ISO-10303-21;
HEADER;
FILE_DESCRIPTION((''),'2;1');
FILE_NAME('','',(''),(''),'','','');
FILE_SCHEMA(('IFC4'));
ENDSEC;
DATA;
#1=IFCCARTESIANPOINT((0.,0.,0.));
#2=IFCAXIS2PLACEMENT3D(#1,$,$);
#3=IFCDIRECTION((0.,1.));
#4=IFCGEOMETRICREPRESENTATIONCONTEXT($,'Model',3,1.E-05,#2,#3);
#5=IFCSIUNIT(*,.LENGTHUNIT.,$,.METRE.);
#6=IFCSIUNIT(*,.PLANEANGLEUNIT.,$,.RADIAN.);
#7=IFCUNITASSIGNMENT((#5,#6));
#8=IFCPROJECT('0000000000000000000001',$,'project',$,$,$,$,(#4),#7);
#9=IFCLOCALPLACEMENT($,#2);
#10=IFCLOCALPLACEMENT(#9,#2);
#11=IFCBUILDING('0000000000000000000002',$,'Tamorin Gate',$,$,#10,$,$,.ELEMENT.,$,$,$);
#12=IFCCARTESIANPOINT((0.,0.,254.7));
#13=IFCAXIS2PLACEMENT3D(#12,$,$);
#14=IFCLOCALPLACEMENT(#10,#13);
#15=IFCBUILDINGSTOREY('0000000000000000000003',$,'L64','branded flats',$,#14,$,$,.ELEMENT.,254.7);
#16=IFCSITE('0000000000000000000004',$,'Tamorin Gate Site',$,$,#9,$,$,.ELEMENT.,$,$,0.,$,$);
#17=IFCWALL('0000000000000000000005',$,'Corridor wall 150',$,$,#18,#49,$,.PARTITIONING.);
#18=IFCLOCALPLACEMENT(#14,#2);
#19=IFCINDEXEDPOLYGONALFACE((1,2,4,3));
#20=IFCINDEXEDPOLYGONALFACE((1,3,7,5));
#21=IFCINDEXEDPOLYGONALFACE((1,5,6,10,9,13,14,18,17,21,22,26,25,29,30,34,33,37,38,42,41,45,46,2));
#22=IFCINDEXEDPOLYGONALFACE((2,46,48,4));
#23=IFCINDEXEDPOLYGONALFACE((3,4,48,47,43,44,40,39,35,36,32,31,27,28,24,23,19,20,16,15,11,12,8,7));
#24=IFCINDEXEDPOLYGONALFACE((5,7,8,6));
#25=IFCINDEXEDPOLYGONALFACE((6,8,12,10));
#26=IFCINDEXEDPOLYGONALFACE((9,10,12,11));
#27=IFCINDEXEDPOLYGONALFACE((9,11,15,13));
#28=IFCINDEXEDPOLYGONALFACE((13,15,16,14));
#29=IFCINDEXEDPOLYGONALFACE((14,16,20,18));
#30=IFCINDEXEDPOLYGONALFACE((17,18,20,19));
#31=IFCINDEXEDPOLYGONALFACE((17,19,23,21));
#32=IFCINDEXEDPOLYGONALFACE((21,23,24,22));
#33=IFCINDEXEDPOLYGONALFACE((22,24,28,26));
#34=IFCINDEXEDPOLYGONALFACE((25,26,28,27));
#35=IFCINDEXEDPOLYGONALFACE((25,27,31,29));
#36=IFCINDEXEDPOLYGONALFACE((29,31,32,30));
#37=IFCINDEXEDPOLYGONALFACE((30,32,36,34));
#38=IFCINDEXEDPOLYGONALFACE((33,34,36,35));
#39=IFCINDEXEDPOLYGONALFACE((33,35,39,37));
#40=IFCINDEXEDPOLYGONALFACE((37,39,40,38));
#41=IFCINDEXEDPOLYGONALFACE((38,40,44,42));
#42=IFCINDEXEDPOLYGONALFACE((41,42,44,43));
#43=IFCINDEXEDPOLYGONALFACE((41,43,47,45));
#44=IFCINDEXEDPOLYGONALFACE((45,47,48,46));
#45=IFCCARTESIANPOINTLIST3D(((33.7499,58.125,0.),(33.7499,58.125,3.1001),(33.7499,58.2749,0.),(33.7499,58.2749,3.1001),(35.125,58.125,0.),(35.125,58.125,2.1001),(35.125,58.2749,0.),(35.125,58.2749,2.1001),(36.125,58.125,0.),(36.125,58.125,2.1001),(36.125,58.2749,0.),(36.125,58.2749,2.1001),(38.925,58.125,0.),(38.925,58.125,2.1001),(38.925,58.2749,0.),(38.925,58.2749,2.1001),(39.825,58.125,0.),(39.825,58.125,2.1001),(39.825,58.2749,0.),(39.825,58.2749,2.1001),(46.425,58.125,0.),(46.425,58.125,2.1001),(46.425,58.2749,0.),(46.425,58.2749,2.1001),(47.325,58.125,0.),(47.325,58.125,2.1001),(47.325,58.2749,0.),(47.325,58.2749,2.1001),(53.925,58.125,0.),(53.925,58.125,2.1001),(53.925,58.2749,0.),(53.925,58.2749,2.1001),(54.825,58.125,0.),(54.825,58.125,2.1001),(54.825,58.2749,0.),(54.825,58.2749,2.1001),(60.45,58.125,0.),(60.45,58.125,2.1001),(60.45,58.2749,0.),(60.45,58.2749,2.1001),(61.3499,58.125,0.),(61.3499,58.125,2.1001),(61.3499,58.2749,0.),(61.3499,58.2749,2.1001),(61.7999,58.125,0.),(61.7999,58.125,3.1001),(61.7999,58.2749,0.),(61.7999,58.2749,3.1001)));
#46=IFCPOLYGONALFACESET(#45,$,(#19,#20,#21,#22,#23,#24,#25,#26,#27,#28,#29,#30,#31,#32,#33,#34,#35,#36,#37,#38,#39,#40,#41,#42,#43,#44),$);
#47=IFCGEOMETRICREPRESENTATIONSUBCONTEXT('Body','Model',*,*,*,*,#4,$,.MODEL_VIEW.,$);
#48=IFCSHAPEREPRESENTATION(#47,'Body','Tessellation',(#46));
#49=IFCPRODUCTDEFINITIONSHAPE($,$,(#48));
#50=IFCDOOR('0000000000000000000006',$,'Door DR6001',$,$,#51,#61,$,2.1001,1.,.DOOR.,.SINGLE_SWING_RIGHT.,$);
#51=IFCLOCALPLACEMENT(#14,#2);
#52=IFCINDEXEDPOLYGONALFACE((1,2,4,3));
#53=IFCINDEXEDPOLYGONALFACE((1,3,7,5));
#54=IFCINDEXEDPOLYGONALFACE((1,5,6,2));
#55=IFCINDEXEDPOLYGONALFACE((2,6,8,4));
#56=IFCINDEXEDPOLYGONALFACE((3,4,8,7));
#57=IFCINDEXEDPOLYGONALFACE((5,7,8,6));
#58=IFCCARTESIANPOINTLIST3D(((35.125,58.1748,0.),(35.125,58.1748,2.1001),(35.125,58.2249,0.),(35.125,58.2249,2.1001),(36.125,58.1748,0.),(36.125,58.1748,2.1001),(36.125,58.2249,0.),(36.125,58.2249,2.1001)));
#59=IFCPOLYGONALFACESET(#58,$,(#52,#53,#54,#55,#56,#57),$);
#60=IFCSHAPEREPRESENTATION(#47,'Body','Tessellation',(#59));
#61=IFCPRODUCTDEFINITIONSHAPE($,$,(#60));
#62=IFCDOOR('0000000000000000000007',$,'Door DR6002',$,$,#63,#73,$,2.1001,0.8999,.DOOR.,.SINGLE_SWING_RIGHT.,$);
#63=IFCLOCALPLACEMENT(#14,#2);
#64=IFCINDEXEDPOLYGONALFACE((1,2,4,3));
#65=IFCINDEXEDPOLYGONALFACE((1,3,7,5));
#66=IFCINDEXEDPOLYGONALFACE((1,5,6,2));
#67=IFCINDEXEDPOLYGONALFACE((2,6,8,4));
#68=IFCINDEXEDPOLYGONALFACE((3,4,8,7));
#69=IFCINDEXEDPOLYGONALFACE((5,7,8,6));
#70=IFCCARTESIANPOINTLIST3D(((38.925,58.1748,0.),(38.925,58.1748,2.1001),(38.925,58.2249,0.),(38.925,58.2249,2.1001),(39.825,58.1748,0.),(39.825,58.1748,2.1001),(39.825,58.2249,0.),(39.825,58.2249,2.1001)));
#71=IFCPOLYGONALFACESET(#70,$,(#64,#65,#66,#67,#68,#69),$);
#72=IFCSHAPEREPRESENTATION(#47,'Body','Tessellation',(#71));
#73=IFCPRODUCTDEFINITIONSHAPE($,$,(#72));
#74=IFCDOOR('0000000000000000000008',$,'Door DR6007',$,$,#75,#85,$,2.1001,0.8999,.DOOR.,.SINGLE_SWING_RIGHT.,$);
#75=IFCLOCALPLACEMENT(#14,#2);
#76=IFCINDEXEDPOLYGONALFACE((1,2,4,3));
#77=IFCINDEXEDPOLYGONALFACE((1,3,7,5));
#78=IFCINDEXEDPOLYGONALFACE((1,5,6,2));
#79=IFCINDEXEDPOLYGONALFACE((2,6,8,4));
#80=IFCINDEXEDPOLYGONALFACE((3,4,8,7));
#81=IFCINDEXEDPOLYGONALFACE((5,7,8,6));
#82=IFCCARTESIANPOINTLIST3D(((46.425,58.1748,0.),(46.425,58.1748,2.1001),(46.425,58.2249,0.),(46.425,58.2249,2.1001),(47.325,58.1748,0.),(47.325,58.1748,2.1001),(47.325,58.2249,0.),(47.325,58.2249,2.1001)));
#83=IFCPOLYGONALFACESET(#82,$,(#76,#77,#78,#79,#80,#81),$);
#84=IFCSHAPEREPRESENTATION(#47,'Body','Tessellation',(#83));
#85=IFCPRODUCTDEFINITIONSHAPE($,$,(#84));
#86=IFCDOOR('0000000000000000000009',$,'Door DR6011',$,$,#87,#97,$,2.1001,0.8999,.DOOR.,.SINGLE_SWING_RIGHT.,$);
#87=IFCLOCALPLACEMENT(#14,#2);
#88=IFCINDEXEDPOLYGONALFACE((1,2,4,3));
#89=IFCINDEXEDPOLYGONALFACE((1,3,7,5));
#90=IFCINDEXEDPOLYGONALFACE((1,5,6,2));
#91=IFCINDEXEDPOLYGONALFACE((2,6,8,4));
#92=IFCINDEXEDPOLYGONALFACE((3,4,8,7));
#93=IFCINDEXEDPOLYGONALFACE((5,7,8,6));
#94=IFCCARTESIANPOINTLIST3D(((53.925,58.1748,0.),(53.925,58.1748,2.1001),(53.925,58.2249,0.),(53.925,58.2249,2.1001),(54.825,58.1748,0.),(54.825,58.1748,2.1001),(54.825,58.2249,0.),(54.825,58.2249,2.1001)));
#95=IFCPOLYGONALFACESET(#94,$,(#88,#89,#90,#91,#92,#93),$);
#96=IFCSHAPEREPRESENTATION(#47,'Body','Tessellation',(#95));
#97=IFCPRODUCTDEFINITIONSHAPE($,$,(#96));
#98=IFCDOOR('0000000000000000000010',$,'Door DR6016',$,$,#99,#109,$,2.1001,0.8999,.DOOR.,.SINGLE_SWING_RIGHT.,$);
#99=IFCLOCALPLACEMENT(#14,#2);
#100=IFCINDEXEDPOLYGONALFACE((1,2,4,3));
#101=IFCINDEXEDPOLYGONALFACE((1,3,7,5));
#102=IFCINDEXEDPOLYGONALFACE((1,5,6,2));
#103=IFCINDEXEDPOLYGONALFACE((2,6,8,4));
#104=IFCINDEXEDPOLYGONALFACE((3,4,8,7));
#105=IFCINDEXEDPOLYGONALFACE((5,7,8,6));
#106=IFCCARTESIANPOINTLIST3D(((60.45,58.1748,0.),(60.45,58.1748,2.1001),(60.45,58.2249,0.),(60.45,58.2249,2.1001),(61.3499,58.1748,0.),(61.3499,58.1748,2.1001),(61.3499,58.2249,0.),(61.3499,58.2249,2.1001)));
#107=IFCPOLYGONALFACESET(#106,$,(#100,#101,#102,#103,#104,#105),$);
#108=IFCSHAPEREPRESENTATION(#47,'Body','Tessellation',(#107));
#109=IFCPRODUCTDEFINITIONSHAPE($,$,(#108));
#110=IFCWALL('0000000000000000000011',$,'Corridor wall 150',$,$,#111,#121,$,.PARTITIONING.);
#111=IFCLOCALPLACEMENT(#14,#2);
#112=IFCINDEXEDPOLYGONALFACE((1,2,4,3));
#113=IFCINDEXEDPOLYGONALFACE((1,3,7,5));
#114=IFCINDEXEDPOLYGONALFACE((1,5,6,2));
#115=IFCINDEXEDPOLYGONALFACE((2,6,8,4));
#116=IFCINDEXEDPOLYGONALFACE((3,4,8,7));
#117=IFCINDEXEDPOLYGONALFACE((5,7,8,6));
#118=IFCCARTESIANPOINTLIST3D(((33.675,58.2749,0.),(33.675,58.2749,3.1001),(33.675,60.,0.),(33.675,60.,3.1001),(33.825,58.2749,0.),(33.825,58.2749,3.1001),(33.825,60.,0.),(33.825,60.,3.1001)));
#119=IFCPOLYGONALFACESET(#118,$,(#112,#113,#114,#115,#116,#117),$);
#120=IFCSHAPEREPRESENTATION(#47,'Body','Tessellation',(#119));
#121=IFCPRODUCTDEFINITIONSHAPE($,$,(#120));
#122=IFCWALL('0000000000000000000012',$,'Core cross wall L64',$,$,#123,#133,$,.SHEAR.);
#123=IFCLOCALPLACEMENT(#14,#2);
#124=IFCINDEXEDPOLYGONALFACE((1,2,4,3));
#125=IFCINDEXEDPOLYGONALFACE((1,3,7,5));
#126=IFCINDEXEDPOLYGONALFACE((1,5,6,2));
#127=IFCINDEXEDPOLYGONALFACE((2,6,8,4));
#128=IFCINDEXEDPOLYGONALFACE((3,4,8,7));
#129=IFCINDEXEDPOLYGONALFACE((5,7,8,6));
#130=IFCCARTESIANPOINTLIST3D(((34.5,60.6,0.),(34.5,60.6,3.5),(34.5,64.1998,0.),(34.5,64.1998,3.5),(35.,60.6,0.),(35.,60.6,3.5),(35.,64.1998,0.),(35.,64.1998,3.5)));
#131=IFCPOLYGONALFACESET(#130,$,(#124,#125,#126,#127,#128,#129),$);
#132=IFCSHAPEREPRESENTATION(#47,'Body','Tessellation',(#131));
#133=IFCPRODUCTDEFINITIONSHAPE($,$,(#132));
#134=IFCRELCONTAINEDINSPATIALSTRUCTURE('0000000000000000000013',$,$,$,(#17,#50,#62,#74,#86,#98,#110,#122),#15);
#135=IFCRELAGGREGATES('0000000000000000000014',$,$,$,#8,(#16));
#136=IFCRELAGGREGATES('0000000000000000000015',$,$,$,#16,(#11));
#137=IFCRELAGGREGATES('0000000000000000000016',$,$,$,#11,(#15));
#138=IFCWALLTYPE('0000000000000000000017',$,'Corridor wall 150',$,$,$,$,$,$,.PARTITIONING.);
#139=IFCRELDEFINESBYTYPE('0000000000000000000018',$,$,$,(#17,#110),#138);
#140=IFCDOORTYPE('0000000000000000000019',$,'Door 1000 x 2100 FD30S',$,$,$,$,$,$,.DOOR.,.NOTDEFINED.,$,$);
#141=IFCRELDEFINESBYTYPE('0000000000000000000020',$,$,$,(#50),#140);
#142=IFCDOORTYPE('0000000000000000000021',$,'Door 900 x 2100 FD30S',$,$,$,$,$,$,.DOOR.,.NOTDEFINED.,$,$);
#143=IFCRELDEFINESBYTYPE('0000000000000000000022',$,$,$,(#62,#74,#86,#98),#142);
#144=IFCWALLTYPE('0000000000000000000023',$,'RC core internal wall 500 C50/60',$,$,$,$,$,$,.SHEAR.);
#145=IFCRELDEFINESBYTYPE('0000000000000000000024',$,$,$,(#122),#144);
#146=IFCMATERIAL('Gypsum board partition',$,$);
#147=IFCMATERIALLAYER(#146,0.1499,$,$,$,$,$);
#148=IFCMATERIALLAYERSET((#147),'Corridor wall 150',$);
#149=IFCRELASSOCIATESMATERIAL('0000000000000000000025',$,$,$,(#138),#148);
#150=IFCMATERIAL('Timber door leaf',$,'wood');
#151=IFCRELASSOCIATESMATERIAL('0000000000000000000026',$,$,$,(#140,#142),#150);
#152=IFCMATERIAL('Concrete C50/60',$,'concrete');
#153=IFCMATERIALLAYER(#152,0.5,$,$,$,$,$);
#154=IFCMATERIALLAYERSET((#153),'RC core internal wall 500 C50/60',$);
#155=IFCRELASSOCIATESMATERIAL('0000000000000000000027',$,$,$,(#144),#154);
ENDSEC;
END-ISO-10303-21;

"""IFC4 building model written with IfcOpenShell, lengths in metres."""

from ifc_helpers import new_model, si_unit, direction, frame, frame_2d, origin, place, context, subcontext, project, spatial, rectangle, extrude, material, layer, layer_set, type_object, element, fill, save


model = new_model("IFC4")

# Units and contexts
model_context = context("Model", 3, precision=1e-05, world=origin(), true_north=direction((0.0, 1.0)))
body_context = subcontext(model_context, "Body", "Model", "MODEL_VIEW")
ifc_project = project(units=[si_unit("LENGTHUNIT", "METRE"), si_unit("PLANEANGLEUNIT", "RADIAN")], contexts=[model_context])

# Site, building, storey
site_placement = place(None, origin())
site = spatial("IfcSite", under=ifc_project, at=site_placement, Name="Tamorin Gate Site", CompositionType="ELEMENT", RefElevation=0.0)
building_placement = place(site_placement, origin())
building = spatial("IfcBuilding", under=site, at=building_placement, Name="Tamorin Gate", CompositionType="ELEMENT")
storey_placement = place(building_placement, frame((0.0, 0.0, 254.7)))
storey = spatial("IfcBuildingStorey", under=building, at=storey_placement, Name="L64", Description="branded flats", CompositionType="ELEMENT", Elevation=254.7)

# Shared definitions
ifc_material_1 = material(Name="Concrete C50/60", Category="concrete")

# Wall, openings, doors
ifc_material_2 = material(Name="Gypsum board partition")
ifc_layer_1 = layer(ifc_material_2, 0.1499)
ifc_layer_set_1 = layer_set([ifc_layer_1], Name="Corridor wall 150")
wall_type_1 = type_object("IfcWallType", Name="Corridor wall 150", PredefinedType="PARTITIONING", material=ifc_layer_set_1)
wall_1_placement = place(storey_placement, frame((33.75, 58.2, 0.0), z_axis=(0.0, 0.0, 1.0), x_axis=(1.0, 0.0, 0.0)))
wall_1 = element("IfcWall", 1, at=wall_1_placement, inside=storey, type_object=wall_type_1, Name="Corridor wall 150", PredefinedType="PARTITIONING", context=body_context, shape_type="SweptSolid", body=[
    extrude(rectangle(XDim=28.05, YDim=0.1499, at=frame_2d((14.0249, 0.0))), origin(), (0.0, 0.0, 1.0), 3.1001),
])
opening_1_placement = place(wall_1_placement, frame((1.375, 0.0, 0.0)))
opening_1 = element("IfcOpeningElement", 2, at=opening_1_placement, cuts=wall_1, PredefinedType="OPENING", context=body_context, shape_type="SweptSolid", body=[
    extrude(rectangle(XDim=1.0, YDim=2.1001, at=frame_2d((0.5, 1.05))), frame((0.0, 0.085, 0.0), z_axis=(0.0, -1.0, 0.0), x_axis=(1.0, 0.0, 0.0)), (0.0, 0.0, 1.0), 0.1699),
])
opening_2_placement = place(wall_1_placement, frame((5.175, 0.0, 0.0)))
opening_2 = element("IfcOpeningElement", 3, at=opening_2_placement, cuts=wall_1, PredefinedType="OPENING", context=body_context, shape_type="SweptSolid", body=[
    extrude(rectangle(XDim=0.8999, YDim=2.1001, at=frame_2d((0.45, 1.05))), frame((0.0, 0.085, 0.0), z_axis=(0.0, -1.0, 0.0), x_axis=(1.0, 0.0, 0.0)), (0.0, 0.0, 1.0), 0.1699),
])
opening_3_placement = place(wall_1_placement, frame((12.675, 0.0, 0.0)))
opening_3 = element("IfcOpeningElement", 4, at=opening_3_placement, cuts=wall_1, PredefinedType="OPENING", context=body_context, shape_type="SweptSolid", body=[
    extrude(rectangle(XDim=0.8999, YDim=2.1001, at=frame_2d((0.45, 1.05))), frame((0.0, 0.085, 0.0), z_axis=(0.0, -1.0, 0.0), x_axis=(1.0, 0.0, 0.0)), (0.0, 0.0, 1.0), 0.1699),
])
opening_4_placement = place(wall_1_placement, frame((20.175, 0.0, 0.0)))
opening_4 = element("IfcOpeningElement", 5, at=opening_4_placement, cuts=wall_1, PredefinedType="OPENING", context=body_context, shape_type="SweptSolid", body=[
    extrude(rectangle(XDim=0.8999, YDim=2.1001, at=frame_2d((0.45, 1.05))), frame((0.0, 0.085, 0.0), z_axis=(0.0, -1.0, 0.0), x_axis=(1.0, 0.0, 0.0)), (0.0, 0.0, 1.0), 0.1699),
])
opening_5_placement = place(wall_1_placement, frame((26.7, 0.0, 0.0)))
opening_5 = element("IfcOpeningElement", 6, at=opening_5_placement, cuts=wall_1, PredefinedType="OPENING", context=body_context, shape_type="SweptSolid", body=[
    extrude(rectangle(XDim=0.8999, YDim=2.1001, at=frame_2d((0.45, 1.05))), frame((0.0, 0.085, 0.0), z_axis=(0.0, -1.0, 0.0), x_axis=(1.0, 0.0, 0.0)), (0.0, 0.0, 1.0), 0.1699),
])
ifc_material_3 = material(Name="Timber door leaf", Category="wood")
door_type_1 = type_object("IfcDoorType", Name="Door 1000 x 2100 FD30S", OperationType="NOTDEFINED", PredefinedType="DOOR", material=ifc_material_3)
door_1_placement = place(opening_1_placement, origin())
door_1 = element("IfcDoor", 7, at=door_1_placement, inside=storey, type_object=door_type_1, Name="Door DR6001", OperationType="SINGLE_SWING_RIGHT", OverallHeight=2.1001, OverallWidth=1.0, PredefinedType="DOOR", context=body_context, shape_type="SweptSolid", body=[
    extrude(rectangle(XDim=1.0, YDim=2.1001, at=frame_2d((0.5, 1.05))), frame((0.0, 0.0249, 0.0), z_axis=(0.0, -1.0, 0.0), x_axis=(1.0, 0.0, 0.0)), (0.0, 0.0, 1.0), 0.05),
])
fill(opening_1, door_1)
door_type_2 = type_object("IfcDoorType", Name="Door 900 x 2100 FD30S", OperationType="NOTDEFINED", PredefinedType="DOOR", material=ifc_material_3)
door_2_placement = place(opening_2_placement, origin())
door_2 = element("IfcDoor", 8, at=door_2_placement, inside=storey, type_object=door_type_2, Name="Door DR6002", OperationType="SINGLE_SWING_RIGHT", OverallHeight=2.1001, OverallWidth=0.8999, PredefinedType="DOOR", context=body_context, shape_type="SweptSolid", body=[
    extrude(rectangle(XDim=0.8999, YDim=2.1001, at=frame_2d((0.45, 1.05))), frame((0.0, 0.0249, 0.0), z_axis=(0.0, -1.0, 0.0), x_axis=(1.0, 0.0, 0.0)), (0.0, 0.0, 1.0), 0.05),
])
fill(opening_2, door_2)
door_3_placement = place(opening_3_placement, origin())
door_3 = element("IfcDoor", 9, at=door_3_placement, inside=storey, type_object=door_type_2, Name="Door DR6007", OperationType="SINGLE_SWING_RIGHT", OverallHeight=2.1001, OverallWidth=0.8999, PredefinedType="DOOR", context=body_context, shape_type="SweptSolid", body=[
    extrude(rectangle(XDim=0.8999, YDim=2.1001, at=frame_2d((0.45, 1.05))), frame((0.0, 0.0249, 0.0), z_axis=(0.0, -1.0, 0.0), x_axis=(1.0, 0.0, 0.0)), (0.0, 0.0, 1.0), 0.05),
])
fill(opening_3, door_3)
door_4_placement = place(opening_4_placement, origin())
door_4 = element("IfcDoor", 10, at=door_4_placement, inside=storey, type_object=door_type_2, Name="Door DR6011", OperationType="SINGLE_SWING_RIGHT", OverallHeight=2.1001, OverallWidth=0.8999, PredefinedType="DOOR", context=body_context, shape_type="SweptSolid", body=[
    extrude(rectangle(XDim=0.8999, YDim=2.1001, at=frame_2d((0.45, 1.05))), frame((0.0, 0.0249, 0.0), z_axis=(0.0, -1.0, 0.0), x_axis=(1.0, 0.0, 0.0)), (0.0, 0.0, 1.0), 0.05),
])
fill(opening_4, door_4)
door_5_placement = place(opening_5_placement, origin())
door_5 = element("IfcDoor", 11, at=door_5_placement, inside=storey, type_object=door_type_2, Name="Door DR6016", OperationType="SINGLE_SWING_RIGHT", OverallHeight=2.1001, OverallWidth=0.8999, PredefinedType="DOOR", context=body_context, shape_type="SweptSolid", body=[
    extrude(rectangle(XDim=0.8999, YDim=2.1001, at=frame_2d((0.45, 1.05))), frame((0.0, 0.0249, 0.0), z_axis=(0.0, -1.0, 0.0), x_axis=(1.0, 0.0, 0.0)), (0.0, 0.0, 1.0), 0.05),
])
fill(opening_5, door_5)

# Walls
wall_2_placement = place(storey_placement, frame((33.75, 58.2749, 0.0), z_axis=(0.0, 0.0, 1.0), x_axis=(0.0, 1.0, 0.0)))
element("IfcWall", 12, at=wall_2_placement, inside=storey, type_object=wall_type_1, Name="Corridor wall 150", PredefinedType="PARTITIONING", context=body_context, shape_type="SweptSolid", body=[
    extrude(rectangle(XDim=1.7251, YDim=0.1499, at=frame_2d((0.8625, 0.0))), origin(), (0.0, 0.0, 1.0), 3.1001),
])
ifc_layer_2 = layer(ifc_material_1, 0.5)
ifc_layer_set_2 = layer_set([ifc_layer_2], Name="RC core internal wall 500 C50/60")
wall_type_2 = type_object("IfcWallType", Name="RC core internal wall 500 C50/60", PredefinedType="SHEAR", material=ifc_layer_set_2)
wall_3_placement = place(storey_placement, frame((34.75, 60.6001, 0.0), z_axis=(0.0, 0.0, 1.0), x_axis=(0.0, 1.0, 0.0)))
element("IfcWall", 13, at=wall_3_placement, inside=storey, type_object=wall_type_2, Name="Core cross wall L64", PredefinedType="SHEAR", context=body_context, shape_type="SweptSolid", body=[
    extrude(rectangle(XDim=3.5999, YDim=0.5, at=frame_2d((1.7998, 0.0))), origin(), (0.0, 0.0, 1.0), 3.5),
])

save(model, "model.ifc")
